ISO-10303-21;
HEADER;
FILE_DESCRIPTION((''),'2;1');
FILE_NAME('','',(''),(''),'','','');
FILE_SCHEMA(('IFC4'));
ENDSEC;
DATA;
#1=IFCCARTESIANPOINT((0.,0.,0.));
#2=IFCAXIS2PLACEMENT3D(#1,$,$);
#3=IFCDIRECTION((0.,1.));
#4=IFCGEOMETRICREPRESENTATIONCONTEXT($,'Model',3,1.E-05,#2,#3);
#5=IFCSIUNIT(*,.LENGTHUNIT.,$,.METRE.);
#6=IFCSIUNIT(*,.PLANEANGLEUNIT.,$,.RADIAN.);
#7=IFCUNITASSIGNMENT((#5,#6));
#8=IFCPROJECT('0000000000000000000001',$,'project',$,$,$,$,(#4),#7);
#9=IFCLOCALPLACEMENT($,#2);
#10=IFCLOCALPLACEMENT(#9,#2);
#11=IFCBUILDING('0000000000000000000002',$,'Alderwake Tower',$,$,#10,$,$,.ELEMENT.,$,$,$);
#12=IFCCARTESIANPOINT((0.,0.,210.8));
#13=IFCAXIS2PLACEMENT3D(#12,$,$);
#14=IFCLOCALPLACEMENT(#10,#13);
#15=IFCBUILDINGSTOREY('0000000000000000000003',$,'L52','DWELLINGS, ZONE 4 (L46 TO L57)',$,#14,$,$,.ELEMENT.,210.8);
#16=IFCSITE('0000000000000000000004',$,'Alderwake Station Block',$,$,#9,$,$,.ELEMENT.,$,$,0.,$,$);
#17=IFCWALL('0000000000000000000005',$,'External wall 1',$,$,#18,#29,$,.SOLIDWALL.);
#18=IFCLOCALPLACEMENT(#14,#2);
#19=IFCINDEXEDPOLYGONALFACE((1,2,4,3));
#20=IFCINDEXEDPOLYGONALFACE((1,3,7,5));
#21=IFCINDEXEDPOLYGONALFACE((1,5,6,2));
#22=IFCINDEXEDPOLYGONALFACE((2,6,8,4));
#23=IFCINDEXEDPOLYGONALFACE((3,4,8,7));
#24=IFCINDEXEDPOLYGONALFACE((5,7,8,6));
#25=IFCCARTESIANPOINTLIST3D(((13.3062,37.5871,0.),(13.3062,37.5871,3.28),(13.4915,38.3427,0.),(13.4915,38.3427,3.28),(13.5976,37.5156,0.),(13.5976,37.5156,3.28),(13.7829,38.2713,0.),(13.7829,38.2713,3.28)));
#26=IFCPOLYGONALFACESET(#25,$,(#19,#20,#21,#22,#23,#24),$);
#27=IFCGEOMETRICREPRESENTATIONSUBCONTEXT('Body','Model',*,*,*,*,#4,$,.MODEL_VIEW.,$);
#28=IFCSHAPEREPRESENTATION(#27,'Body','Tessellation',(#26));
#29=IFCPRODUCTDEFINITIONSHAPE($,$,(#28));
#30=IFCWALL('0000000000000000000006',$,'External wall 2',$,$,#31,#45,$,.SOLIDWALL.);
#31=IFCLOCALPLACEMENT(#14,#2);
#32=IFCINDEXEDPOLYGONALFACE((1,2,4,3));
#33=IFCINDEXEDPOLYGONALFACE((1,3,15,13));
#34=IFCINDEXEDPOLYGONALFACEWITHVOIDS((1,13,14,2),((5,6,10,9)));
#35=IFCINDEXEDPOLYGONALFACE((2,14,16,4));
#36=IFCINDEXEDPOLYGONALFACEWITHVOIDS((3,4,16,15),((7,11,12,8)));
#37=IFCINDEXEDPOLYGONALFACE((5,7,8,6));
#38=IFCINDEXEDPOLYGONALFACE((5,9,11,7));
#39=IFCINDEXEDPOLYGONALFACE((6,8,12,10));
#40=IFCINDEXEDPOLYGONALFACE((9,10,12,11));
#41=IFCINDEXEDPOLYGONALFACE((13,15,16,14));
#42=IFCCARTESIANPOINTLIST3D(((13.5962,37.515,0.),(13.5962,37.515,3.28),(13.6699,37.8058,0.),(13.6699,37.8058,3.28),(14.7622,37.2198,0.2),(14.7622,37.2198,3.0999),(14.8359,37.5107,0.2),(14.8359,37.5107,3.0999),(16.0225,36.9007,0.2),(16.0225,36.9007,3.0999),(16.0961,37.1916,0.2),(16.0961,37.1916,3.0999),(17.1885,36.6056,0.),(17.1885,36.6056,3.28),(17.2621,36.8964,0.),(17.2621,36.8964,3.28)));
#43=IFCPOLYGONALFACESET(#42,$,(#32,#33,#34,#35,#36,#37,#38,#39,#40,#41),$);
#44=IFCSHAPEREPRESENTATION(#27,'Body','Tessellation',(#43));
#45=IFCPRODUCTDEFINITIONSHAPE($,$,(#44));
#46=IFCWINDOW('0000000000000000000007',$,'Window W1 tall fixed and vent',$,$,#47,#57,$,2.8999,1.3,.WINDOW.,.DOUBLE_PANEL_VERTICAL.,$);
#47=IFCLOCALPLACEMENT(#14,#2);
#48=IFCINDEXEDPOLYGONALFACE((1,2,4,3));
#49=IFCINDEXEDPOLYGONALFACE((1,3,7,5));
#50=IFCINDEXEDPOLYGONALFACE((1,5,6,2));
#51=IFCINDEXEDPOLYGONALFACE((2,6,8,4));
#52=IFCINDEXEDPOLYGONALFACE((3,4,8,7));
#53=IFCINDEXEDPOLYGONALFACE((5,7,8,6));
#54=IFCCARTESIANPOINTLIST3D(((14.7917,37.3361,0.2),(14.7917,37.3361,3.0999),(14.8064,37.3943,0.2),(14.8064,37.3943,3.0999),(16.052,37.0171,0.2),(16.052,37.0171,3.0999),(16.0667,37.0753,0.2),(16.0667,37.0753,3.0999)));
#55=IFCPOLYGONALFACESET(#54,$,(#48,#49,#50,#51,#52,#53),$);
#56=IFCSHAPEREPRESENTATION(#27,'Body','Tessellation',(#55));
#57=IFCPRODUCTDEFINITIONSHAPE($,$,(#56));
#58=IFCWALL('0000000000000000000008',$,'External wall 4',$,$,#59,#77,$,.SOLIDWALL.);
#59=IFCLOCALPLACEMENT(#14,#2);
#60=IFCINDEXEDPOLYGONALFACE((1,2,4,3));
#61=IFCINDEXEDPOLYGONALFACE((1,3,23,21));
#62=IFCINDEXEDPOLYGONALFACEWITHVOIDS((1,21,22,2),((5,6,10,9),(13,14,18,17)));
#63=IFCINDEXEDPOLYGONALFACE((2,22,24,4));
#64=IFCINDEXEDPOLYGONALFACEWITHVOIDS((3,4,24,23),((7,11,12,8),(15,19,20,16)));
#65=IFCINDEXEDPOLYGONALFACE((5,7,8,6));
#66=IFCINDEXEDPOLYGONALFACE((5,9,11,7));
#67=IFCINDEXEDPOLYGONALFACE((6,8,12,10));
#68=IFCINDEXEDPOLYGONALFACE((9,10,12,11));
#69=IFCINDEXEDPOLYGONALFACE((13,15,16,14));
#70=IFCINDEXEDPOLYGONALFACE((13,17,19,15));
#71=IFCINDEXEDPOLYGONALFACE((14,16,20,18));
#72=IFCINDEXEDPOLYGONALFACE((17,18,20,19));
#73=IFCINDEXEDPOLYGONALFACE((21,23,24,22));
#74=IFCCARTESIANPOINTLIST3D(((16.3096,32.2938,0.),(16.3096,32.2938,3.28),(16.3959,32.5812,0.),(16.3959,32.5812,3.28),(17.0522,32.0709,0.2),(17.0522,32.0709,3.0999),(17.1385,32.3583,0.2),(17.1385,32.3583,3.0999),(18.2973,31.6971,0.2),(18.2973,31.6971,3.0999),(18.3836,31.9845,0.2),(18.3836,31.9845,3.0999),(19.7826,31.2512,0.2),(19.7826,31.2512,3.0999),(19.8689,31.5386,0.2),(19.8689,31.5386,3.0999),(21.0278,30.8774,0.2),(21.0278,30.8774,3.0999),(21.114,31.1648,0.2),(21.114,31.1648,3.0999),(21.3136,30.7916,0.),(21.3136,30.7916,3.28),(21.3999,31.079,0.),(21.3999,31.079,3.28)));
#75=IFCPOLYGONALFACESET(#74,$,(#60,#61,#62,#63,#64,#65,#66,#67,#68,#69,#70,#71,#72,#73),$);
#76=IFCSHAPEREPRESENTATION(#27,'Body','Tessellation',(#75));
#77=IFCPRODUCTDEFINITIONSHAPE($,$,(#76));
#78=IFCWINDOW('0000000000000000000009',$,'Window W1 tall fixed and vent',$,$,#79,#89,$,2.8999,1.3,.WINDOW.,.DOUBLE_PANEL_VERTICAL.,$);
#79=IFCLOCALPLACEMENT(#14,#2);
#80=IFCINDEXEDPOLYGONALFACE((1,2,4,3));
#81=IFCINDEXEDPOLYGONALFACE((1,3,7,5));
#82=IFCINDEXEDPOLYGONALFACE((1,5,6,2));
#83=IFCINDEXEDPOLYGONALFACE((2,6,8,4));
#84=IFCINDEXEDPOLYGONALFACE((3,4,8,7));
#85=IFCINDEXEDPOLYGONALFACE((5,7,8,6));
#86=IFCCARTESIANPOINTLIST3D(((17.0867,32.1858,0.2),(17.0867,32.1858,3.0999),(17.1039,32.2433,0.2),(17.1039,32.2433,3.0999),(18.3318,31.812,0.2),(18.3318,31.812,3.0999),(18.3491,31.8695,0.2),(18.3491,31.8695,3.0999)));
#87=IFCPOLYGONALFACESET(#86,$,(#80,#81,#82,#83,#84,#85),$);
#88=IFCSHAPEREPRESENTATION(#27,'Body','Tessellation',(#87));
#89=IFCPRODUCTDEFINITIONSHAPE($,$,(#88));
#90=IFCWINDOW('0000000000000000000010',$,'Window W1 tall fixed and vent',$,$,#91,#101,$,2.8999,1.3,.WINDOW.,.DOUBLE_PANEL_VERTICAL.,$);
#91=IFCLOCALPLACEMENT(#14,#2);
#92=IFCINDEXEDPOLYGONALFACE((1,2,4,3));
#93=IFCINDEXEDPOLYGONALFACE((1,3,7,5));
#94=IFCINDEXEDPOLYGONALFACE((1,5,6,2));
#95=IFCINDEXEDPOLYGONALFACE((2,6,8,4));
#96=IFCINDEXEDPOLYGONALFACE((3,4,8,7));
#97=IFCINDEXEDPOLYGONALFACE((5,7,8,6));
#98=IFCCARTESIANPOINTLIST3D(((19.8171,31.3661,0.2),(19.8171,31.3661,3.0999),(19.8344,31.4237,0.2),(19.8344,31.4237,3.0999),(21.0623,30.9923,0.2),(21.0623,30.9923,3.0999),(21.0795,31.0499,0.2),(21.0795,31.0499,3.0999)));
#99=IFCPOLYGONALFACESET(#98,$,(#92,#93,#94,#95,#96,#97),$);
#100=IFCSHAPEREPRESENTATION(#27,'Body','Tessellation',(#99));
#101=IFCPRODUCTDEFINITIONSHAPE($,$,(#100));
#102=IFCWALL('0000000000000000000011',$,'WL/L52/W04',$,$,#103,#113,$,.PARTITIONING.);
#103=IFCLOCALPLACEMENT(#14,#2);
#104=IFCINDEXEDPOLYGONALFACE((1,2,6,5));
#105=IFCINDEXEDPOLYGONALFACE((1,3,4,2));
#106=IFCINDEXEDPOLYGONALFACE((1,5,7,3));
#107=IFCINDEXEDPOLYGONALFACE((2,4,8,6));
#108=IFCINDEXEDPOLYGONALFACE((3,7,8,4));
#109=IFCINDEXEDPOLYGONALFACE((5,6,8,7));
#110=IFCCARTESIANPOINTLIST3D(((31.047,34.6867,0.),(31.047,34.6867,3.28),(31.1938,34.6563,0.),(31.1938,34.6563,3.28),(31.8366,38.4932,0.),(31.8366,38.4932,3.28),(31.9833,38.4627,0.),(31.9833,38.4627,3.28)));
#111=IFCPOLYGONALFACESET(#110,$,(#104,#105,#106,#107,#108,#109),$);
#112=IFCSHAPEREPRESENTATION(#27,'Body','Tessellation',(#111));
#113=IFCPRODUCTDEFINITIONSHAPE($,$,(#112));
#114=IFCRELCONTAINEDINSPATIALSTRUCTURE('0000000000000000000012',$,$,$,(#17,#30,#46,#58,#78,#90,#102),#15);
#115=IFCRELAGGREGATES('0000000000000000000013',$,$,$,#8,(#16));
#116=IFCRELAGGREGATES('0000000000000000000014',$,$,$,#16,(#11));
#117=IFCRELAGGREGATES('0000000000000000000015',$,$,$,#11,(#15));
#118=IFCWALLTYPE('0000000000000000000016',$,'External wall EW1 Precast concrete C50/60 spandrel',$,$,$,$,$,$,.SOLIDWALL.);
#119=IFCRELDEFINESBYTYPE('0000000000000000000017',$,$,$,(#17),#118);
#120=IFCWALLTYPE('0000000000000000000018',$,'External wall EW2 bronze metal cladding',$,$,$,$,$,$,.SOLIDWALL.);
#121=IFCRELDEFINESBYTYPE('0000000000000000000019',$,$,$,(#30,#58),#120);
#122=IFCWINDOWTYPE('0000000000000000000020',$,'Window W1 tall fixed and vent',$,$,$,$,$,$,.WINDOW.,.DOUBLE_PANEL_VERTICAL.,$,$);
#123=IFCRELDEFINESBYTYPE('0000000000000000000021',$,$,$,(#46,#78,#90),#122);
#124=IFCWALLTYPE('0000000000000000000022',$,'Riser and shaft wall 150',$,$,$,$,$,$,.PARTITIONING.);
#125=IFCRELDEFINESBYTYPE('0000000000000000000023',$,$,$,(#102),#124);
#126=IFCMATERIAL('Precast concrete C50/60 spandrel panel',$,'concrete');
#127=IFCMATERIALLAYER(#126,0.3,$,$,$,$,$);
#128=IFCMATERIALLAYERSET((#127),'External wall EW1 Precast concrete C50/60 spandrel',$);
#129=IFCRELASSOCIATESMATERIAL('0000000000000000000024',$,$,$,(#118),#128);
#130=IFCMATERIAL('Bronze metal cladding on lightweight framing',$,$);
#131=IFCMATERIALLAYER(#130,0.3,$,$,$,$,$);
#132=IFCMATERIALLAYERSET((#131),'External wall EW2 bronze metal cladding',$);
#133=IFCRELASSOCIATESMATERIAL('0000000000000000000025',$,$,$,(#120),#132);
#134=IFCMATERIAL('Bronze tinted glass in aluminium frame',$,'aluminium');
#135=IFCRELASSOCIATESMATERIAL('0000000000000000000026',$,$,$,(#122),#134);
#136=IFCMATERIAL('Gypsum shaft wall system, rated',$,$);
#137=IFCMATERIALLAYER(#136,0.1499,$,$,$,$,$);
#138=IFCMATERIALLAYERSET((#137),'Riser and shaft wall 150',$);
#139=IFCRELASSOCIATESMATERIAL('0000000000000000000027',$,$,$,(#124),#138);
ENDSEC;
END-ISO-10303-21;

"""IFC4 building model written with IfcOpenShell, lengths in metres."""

from ifc_helpers import new_model, si_unit, direction, frame, frame_2d, origin, place, context, subcontext, project, spatial, rectangle, extrude, material, layer, layer_set, type_object, element, fill, save


model = new_model("IFC4")

# Units and contexts
model_context = context("Model", 3, precision=1e-05, world=origin(), true_north=direction((0.0, 1.0)))
body_context = subcontext(model_context, "Body", "Model", "MODEL_VIEW")
ifc_project = project(units=[si_unit("LENGTHUNIT", "METRE"), si_unit("PLANEANGLEUNIT", "RADIAN")], contexts=[model_context])

# Site, building, storey
site_placement = place(None, origin())
site = spatial("IfcSite", under=ifc_project, at=site_placement, Name="Alderwake Station Block", CompositionType="ELEMENT", RefElevation=0.0)
building_placement = place(site_placement, origin())
building = spatial("IfcBuilding", under=site, at=building_placement, Name="Alderwake Tower", CompositionType="ELEMENT")
storey_placement = place(building_placement, frame((0.0, 0.0, 210.8)))
storey = spatial("IfcBuildingStorey", under=building, at=storey_placement, Name="L52", Description="DWELLINGS, ZONE 4 (L46 TO L57)", CompositionType="ELEMENT", Elevation=210.8)

# Wall
ifc_material_1 = material(Name="Precast concrete C50/60 spandrel panel", Category="concrete")
ifc_layer_1 = layer(ifc_material_1, 0.3)
ifc_layer_set_1 = layer_set([ifc_layer_1], Name="External wall EW1 Precast concrete C50/60 spandrel")
wall_type_1 = type_object("IfcWallType", Name="External wall EW1 Precast concrete C50/60 spandrel", PredefinedType="SOLIDWALL", material=ifc_layer_set_1)
wall_1_placement = place(storey_placement, frame((13.6372, 38.3071, 0.0), z_axis=(0.0, 0.0, 1.0), x_axis=(-0.238177, -0.971222, 0.0)))
element("IfcWall", 1, at=wall_1_placement, inside=storey, type_object=wall_type_1, Name="External wall 1", PredefinedType="SOLIDWALL", context=body_context, shape_type="SweptSolid", body=[
    extrude(rectangle(XDim=0.7781, YDim=0.3, at=frame_2d((0.3892, 0.0))), origin(), (0.0, 0.0, 1.0), 3.28),
])

# Wall, opening, window
ifc_material_2 = material(Name="Bronze metal cladding on lightweight framing")
ifc_layer_2 = layer(ifc_material_2, 0.3)
ifc_layer_set_2 = layer_set([ifc_layer_2], Name="External wall EW2 bronze metal cladding")
wall_type_2 = type_object("IfcWallType", Name="External wall EW2 bronze metal cladding", PredefinedType="SOLIDWALL", material=ifc_layer_set_2)
wall_2_placement = place(storey_placement, frame((13.6331, 37.6604, 0.0), z_axis=(0.0, 0.0, 1.0), x_axis=(0.969417, -0.245418, 0.0)))
wall_2 = element("IfcWall", 2, at=wall_2_placement, inside=storey, type_object=wall_type_2, Name="External wall 2", PredefinedType="SOLIDWALL", context=body_context, shape_type="SweptSolid", body=[
    extrude(rectangle(XDim=3.7056, YDim=0.3, at=frame_2d((1.8528, 0.0))), origin(), (0.0, 0.0, 1.0), 3.28),
])
opening_1_placement = place(wall_2_placement, frame((1.2029, 0.0, 0.2)))
opening_1 = element("IfcOpeningElement", 3, at=opening_1_placement, cuts=wall_2, PredefinedType="OPENING", context=body_context, shape_type="SweptSolid", body=[
    extrude(rectangle(XDim=1.3, YDim=2.8999, at=frame_2d((0.6499, 1.45))), frame((0.0, 0.1599, 0.0), z_axis=(0.0, -1.0, 0.0), x_axis=(1.0, 0.0, 0.0)), (0.0, 0.0, 1.0), 0.3201),
])
ifc_material_3 = material(Name="Bronze tinted glass in aluminium frame", Category="aluminium")
window_type = type_object("IfcWindowType", Name="Window W1 tall fixed and vent", PartitioningType="DOUBLE_PANEL_VERTICAL", PredefinedType="WINDOW", material=ifc_material_3)
window_1_placement = place(opening_1_placement, origin())
window_1 = element("IfcWindow", 4, at=window_1_placement, inside=storey, type_object=window_type, Name="Window W1 tall fixed and vent", OverallHeight=2.8999, OverallWidth=1.3, PartitioningType="DOUBLE_PANEL_VERTICAL", PredefinedType="WINDOW", context=body_context, shape_type="SweptSolid", body=[
    extrude(rectangle(XDim=1.3, YDim=2.8999, at=frame_2d((0.6499, 1.45))), frame((0.0, 0.03, 0.0), z_axis=(0.0, -1.0, 0.0), x_axis=(1.0, 0.0, 0.0)), (0.0, 0.0, 1.0), 0.0601),
])
fill(opening_1, window_1)

# Wall, openings, windows
wall_3_placement = place(storey_placement, frame((16.3528, 32.4375, 0.0), z_axis=(0.0, 0.0, 1.0), x_axis=(0.957772, -0.287528, 0.0)))
wall_3 = element("IfcWall", 5, at=wall_3_placement, inside=storey, type_object=wall_type_2, Name="External wall 4", PredefinedType="SOLIDWALL", context=body_context, shape_type="SweptSolid", body=[
    extrude(rectangle(XDim=5.2246, YDim=0.3, at=frame_2d((2.6123, 0.0))), origin(), (0.0, 0.0, 1.0), 3.28),
])
opening_2_placement = place(wall_3_placement, frame((0.7754, 0.0, 0.2)))
opening_2 = element("IfcOpeningElement", 6, at=opening_2_placement, cuts=wall_3, PredefinedType="OPENING", context=body_context, shape_type="SweptSolid", body=[
    extrude(rectangle(XDim=1.3, YDim=2.8999, at=frame_2d((0.6499, 1.45))), frame((0.0, 0.1599, 0.0), z_axis=(0.0, -1.0, 0.0), x_axis=(1.0, 0.0, 0.0)), (0.0, 0.0, 1.0), 0.3201),
])
opening_3_placement = place(wall_3_placement, frame((3.6262, 0.0, 0.2)))
opening_3 = element("IfcOpeningElement", 7, at=opening_3_placement, cuts=wall_3, PredefinedType="OPENING", context=body_context, shape_type="SweptSolid", body=[
    extrude(rectangle(XDim=1.3, YDim=2.8999, at=frame_2d((0.6499, 1.45))), frame((0.0, 0.1599, 0.0), z_axis=(0.0, -1.0, 0.0), x_axis=(1.0, 0.0, 0.0)), (0.0, 0.0, 1.0), 0.3201),
])
window_2_placement = place(opening_2_placement, origin())
window_2 = element("IfcWindow", 8, at=window_2_placement, inside=storey, type_object=window_type, Name="Window W1 tall fixed and vent", OverallHeight=2.8999, OverallWidth=1.3, PartitioningType="DOUBLE_PANEL_VERTICAL", PredefinedType="WINDOW", context=body_context, shape_type="SweptSolid", body=[
    extrude(rectangle(XDim=1.3, YDim=2.8999, at=frame_2d((0.6499, 1.45))), frame((0.0, 0.03, 0.0), z_axis=(0.0, -1.0, 0.0), x_axis=(1.0, 0.0, 0.0)), (0.0, 0.0, 1.0), 0.0601),
])
fill(opening_2, window_2)
window_3_placement = place(opening_3_placement, origin())
window_3 = element("IfcWindow", 9, at=window_3_placement, inside=storey, type_object=window_type, Name="Window W1 tall fixed and vent", OverallHeight=2.8999, OverallWidth=1.3, PartitioningType="DOUBLE_PANEL_VERTICAL", PredefinedType="WINDOW", context=body_context, shape_type="SweptSolid", body=[
    extrude(rectangle(XDim=1.3, YDim=2.8999, at=frame_2d((0.6499, 1.45))), frame((0.0, 0.03, 0.0), z_axis=(0.0, -1.0, 0.0), x_axis=(1.0, 0.0, 0.0)), (0.0, 0.0, 1.0), 0.0601),
])
fill(opening_3, window_3)

# Wall
ifc_material_4 = material(Name="Gypsum shaft wall system, rated")
ifc_layer_3 = layer(ifc_material_4, 0.1499)
ifc_layer_set_3 = layer_set([ifc_layer_3], Name="Riser and shaft wall 150")
wall_type_3 = type_object("IfcWallType", Name="Riser and shaft wall 150", PredefinedType="PARTITIONING", material=ifc_layer_set_3)
wall_4_placement = place(storey_placement, frame((31.1204, 34.6714, 0.0), z_axis=(0.0, 0.0, 1.0), x_axis=(0.203104, 0.979157, 0.0)))
element("IfcWall", 10, at=wall_4_placement, inside=storey, type_object=wall_type_3, Name="WL/L52/W04", PredefinedType="PARTITIONING", context=body_context, shape_type="SweptSolid", body=[
    extrude(rectangle(XDim=3.8875, YDim=0.1499, at=frame_2d((1.9438, 0.0))), origin(), (0.0, 0.0, 1.0), 3.28),
])

save(model, "model.ifc")
